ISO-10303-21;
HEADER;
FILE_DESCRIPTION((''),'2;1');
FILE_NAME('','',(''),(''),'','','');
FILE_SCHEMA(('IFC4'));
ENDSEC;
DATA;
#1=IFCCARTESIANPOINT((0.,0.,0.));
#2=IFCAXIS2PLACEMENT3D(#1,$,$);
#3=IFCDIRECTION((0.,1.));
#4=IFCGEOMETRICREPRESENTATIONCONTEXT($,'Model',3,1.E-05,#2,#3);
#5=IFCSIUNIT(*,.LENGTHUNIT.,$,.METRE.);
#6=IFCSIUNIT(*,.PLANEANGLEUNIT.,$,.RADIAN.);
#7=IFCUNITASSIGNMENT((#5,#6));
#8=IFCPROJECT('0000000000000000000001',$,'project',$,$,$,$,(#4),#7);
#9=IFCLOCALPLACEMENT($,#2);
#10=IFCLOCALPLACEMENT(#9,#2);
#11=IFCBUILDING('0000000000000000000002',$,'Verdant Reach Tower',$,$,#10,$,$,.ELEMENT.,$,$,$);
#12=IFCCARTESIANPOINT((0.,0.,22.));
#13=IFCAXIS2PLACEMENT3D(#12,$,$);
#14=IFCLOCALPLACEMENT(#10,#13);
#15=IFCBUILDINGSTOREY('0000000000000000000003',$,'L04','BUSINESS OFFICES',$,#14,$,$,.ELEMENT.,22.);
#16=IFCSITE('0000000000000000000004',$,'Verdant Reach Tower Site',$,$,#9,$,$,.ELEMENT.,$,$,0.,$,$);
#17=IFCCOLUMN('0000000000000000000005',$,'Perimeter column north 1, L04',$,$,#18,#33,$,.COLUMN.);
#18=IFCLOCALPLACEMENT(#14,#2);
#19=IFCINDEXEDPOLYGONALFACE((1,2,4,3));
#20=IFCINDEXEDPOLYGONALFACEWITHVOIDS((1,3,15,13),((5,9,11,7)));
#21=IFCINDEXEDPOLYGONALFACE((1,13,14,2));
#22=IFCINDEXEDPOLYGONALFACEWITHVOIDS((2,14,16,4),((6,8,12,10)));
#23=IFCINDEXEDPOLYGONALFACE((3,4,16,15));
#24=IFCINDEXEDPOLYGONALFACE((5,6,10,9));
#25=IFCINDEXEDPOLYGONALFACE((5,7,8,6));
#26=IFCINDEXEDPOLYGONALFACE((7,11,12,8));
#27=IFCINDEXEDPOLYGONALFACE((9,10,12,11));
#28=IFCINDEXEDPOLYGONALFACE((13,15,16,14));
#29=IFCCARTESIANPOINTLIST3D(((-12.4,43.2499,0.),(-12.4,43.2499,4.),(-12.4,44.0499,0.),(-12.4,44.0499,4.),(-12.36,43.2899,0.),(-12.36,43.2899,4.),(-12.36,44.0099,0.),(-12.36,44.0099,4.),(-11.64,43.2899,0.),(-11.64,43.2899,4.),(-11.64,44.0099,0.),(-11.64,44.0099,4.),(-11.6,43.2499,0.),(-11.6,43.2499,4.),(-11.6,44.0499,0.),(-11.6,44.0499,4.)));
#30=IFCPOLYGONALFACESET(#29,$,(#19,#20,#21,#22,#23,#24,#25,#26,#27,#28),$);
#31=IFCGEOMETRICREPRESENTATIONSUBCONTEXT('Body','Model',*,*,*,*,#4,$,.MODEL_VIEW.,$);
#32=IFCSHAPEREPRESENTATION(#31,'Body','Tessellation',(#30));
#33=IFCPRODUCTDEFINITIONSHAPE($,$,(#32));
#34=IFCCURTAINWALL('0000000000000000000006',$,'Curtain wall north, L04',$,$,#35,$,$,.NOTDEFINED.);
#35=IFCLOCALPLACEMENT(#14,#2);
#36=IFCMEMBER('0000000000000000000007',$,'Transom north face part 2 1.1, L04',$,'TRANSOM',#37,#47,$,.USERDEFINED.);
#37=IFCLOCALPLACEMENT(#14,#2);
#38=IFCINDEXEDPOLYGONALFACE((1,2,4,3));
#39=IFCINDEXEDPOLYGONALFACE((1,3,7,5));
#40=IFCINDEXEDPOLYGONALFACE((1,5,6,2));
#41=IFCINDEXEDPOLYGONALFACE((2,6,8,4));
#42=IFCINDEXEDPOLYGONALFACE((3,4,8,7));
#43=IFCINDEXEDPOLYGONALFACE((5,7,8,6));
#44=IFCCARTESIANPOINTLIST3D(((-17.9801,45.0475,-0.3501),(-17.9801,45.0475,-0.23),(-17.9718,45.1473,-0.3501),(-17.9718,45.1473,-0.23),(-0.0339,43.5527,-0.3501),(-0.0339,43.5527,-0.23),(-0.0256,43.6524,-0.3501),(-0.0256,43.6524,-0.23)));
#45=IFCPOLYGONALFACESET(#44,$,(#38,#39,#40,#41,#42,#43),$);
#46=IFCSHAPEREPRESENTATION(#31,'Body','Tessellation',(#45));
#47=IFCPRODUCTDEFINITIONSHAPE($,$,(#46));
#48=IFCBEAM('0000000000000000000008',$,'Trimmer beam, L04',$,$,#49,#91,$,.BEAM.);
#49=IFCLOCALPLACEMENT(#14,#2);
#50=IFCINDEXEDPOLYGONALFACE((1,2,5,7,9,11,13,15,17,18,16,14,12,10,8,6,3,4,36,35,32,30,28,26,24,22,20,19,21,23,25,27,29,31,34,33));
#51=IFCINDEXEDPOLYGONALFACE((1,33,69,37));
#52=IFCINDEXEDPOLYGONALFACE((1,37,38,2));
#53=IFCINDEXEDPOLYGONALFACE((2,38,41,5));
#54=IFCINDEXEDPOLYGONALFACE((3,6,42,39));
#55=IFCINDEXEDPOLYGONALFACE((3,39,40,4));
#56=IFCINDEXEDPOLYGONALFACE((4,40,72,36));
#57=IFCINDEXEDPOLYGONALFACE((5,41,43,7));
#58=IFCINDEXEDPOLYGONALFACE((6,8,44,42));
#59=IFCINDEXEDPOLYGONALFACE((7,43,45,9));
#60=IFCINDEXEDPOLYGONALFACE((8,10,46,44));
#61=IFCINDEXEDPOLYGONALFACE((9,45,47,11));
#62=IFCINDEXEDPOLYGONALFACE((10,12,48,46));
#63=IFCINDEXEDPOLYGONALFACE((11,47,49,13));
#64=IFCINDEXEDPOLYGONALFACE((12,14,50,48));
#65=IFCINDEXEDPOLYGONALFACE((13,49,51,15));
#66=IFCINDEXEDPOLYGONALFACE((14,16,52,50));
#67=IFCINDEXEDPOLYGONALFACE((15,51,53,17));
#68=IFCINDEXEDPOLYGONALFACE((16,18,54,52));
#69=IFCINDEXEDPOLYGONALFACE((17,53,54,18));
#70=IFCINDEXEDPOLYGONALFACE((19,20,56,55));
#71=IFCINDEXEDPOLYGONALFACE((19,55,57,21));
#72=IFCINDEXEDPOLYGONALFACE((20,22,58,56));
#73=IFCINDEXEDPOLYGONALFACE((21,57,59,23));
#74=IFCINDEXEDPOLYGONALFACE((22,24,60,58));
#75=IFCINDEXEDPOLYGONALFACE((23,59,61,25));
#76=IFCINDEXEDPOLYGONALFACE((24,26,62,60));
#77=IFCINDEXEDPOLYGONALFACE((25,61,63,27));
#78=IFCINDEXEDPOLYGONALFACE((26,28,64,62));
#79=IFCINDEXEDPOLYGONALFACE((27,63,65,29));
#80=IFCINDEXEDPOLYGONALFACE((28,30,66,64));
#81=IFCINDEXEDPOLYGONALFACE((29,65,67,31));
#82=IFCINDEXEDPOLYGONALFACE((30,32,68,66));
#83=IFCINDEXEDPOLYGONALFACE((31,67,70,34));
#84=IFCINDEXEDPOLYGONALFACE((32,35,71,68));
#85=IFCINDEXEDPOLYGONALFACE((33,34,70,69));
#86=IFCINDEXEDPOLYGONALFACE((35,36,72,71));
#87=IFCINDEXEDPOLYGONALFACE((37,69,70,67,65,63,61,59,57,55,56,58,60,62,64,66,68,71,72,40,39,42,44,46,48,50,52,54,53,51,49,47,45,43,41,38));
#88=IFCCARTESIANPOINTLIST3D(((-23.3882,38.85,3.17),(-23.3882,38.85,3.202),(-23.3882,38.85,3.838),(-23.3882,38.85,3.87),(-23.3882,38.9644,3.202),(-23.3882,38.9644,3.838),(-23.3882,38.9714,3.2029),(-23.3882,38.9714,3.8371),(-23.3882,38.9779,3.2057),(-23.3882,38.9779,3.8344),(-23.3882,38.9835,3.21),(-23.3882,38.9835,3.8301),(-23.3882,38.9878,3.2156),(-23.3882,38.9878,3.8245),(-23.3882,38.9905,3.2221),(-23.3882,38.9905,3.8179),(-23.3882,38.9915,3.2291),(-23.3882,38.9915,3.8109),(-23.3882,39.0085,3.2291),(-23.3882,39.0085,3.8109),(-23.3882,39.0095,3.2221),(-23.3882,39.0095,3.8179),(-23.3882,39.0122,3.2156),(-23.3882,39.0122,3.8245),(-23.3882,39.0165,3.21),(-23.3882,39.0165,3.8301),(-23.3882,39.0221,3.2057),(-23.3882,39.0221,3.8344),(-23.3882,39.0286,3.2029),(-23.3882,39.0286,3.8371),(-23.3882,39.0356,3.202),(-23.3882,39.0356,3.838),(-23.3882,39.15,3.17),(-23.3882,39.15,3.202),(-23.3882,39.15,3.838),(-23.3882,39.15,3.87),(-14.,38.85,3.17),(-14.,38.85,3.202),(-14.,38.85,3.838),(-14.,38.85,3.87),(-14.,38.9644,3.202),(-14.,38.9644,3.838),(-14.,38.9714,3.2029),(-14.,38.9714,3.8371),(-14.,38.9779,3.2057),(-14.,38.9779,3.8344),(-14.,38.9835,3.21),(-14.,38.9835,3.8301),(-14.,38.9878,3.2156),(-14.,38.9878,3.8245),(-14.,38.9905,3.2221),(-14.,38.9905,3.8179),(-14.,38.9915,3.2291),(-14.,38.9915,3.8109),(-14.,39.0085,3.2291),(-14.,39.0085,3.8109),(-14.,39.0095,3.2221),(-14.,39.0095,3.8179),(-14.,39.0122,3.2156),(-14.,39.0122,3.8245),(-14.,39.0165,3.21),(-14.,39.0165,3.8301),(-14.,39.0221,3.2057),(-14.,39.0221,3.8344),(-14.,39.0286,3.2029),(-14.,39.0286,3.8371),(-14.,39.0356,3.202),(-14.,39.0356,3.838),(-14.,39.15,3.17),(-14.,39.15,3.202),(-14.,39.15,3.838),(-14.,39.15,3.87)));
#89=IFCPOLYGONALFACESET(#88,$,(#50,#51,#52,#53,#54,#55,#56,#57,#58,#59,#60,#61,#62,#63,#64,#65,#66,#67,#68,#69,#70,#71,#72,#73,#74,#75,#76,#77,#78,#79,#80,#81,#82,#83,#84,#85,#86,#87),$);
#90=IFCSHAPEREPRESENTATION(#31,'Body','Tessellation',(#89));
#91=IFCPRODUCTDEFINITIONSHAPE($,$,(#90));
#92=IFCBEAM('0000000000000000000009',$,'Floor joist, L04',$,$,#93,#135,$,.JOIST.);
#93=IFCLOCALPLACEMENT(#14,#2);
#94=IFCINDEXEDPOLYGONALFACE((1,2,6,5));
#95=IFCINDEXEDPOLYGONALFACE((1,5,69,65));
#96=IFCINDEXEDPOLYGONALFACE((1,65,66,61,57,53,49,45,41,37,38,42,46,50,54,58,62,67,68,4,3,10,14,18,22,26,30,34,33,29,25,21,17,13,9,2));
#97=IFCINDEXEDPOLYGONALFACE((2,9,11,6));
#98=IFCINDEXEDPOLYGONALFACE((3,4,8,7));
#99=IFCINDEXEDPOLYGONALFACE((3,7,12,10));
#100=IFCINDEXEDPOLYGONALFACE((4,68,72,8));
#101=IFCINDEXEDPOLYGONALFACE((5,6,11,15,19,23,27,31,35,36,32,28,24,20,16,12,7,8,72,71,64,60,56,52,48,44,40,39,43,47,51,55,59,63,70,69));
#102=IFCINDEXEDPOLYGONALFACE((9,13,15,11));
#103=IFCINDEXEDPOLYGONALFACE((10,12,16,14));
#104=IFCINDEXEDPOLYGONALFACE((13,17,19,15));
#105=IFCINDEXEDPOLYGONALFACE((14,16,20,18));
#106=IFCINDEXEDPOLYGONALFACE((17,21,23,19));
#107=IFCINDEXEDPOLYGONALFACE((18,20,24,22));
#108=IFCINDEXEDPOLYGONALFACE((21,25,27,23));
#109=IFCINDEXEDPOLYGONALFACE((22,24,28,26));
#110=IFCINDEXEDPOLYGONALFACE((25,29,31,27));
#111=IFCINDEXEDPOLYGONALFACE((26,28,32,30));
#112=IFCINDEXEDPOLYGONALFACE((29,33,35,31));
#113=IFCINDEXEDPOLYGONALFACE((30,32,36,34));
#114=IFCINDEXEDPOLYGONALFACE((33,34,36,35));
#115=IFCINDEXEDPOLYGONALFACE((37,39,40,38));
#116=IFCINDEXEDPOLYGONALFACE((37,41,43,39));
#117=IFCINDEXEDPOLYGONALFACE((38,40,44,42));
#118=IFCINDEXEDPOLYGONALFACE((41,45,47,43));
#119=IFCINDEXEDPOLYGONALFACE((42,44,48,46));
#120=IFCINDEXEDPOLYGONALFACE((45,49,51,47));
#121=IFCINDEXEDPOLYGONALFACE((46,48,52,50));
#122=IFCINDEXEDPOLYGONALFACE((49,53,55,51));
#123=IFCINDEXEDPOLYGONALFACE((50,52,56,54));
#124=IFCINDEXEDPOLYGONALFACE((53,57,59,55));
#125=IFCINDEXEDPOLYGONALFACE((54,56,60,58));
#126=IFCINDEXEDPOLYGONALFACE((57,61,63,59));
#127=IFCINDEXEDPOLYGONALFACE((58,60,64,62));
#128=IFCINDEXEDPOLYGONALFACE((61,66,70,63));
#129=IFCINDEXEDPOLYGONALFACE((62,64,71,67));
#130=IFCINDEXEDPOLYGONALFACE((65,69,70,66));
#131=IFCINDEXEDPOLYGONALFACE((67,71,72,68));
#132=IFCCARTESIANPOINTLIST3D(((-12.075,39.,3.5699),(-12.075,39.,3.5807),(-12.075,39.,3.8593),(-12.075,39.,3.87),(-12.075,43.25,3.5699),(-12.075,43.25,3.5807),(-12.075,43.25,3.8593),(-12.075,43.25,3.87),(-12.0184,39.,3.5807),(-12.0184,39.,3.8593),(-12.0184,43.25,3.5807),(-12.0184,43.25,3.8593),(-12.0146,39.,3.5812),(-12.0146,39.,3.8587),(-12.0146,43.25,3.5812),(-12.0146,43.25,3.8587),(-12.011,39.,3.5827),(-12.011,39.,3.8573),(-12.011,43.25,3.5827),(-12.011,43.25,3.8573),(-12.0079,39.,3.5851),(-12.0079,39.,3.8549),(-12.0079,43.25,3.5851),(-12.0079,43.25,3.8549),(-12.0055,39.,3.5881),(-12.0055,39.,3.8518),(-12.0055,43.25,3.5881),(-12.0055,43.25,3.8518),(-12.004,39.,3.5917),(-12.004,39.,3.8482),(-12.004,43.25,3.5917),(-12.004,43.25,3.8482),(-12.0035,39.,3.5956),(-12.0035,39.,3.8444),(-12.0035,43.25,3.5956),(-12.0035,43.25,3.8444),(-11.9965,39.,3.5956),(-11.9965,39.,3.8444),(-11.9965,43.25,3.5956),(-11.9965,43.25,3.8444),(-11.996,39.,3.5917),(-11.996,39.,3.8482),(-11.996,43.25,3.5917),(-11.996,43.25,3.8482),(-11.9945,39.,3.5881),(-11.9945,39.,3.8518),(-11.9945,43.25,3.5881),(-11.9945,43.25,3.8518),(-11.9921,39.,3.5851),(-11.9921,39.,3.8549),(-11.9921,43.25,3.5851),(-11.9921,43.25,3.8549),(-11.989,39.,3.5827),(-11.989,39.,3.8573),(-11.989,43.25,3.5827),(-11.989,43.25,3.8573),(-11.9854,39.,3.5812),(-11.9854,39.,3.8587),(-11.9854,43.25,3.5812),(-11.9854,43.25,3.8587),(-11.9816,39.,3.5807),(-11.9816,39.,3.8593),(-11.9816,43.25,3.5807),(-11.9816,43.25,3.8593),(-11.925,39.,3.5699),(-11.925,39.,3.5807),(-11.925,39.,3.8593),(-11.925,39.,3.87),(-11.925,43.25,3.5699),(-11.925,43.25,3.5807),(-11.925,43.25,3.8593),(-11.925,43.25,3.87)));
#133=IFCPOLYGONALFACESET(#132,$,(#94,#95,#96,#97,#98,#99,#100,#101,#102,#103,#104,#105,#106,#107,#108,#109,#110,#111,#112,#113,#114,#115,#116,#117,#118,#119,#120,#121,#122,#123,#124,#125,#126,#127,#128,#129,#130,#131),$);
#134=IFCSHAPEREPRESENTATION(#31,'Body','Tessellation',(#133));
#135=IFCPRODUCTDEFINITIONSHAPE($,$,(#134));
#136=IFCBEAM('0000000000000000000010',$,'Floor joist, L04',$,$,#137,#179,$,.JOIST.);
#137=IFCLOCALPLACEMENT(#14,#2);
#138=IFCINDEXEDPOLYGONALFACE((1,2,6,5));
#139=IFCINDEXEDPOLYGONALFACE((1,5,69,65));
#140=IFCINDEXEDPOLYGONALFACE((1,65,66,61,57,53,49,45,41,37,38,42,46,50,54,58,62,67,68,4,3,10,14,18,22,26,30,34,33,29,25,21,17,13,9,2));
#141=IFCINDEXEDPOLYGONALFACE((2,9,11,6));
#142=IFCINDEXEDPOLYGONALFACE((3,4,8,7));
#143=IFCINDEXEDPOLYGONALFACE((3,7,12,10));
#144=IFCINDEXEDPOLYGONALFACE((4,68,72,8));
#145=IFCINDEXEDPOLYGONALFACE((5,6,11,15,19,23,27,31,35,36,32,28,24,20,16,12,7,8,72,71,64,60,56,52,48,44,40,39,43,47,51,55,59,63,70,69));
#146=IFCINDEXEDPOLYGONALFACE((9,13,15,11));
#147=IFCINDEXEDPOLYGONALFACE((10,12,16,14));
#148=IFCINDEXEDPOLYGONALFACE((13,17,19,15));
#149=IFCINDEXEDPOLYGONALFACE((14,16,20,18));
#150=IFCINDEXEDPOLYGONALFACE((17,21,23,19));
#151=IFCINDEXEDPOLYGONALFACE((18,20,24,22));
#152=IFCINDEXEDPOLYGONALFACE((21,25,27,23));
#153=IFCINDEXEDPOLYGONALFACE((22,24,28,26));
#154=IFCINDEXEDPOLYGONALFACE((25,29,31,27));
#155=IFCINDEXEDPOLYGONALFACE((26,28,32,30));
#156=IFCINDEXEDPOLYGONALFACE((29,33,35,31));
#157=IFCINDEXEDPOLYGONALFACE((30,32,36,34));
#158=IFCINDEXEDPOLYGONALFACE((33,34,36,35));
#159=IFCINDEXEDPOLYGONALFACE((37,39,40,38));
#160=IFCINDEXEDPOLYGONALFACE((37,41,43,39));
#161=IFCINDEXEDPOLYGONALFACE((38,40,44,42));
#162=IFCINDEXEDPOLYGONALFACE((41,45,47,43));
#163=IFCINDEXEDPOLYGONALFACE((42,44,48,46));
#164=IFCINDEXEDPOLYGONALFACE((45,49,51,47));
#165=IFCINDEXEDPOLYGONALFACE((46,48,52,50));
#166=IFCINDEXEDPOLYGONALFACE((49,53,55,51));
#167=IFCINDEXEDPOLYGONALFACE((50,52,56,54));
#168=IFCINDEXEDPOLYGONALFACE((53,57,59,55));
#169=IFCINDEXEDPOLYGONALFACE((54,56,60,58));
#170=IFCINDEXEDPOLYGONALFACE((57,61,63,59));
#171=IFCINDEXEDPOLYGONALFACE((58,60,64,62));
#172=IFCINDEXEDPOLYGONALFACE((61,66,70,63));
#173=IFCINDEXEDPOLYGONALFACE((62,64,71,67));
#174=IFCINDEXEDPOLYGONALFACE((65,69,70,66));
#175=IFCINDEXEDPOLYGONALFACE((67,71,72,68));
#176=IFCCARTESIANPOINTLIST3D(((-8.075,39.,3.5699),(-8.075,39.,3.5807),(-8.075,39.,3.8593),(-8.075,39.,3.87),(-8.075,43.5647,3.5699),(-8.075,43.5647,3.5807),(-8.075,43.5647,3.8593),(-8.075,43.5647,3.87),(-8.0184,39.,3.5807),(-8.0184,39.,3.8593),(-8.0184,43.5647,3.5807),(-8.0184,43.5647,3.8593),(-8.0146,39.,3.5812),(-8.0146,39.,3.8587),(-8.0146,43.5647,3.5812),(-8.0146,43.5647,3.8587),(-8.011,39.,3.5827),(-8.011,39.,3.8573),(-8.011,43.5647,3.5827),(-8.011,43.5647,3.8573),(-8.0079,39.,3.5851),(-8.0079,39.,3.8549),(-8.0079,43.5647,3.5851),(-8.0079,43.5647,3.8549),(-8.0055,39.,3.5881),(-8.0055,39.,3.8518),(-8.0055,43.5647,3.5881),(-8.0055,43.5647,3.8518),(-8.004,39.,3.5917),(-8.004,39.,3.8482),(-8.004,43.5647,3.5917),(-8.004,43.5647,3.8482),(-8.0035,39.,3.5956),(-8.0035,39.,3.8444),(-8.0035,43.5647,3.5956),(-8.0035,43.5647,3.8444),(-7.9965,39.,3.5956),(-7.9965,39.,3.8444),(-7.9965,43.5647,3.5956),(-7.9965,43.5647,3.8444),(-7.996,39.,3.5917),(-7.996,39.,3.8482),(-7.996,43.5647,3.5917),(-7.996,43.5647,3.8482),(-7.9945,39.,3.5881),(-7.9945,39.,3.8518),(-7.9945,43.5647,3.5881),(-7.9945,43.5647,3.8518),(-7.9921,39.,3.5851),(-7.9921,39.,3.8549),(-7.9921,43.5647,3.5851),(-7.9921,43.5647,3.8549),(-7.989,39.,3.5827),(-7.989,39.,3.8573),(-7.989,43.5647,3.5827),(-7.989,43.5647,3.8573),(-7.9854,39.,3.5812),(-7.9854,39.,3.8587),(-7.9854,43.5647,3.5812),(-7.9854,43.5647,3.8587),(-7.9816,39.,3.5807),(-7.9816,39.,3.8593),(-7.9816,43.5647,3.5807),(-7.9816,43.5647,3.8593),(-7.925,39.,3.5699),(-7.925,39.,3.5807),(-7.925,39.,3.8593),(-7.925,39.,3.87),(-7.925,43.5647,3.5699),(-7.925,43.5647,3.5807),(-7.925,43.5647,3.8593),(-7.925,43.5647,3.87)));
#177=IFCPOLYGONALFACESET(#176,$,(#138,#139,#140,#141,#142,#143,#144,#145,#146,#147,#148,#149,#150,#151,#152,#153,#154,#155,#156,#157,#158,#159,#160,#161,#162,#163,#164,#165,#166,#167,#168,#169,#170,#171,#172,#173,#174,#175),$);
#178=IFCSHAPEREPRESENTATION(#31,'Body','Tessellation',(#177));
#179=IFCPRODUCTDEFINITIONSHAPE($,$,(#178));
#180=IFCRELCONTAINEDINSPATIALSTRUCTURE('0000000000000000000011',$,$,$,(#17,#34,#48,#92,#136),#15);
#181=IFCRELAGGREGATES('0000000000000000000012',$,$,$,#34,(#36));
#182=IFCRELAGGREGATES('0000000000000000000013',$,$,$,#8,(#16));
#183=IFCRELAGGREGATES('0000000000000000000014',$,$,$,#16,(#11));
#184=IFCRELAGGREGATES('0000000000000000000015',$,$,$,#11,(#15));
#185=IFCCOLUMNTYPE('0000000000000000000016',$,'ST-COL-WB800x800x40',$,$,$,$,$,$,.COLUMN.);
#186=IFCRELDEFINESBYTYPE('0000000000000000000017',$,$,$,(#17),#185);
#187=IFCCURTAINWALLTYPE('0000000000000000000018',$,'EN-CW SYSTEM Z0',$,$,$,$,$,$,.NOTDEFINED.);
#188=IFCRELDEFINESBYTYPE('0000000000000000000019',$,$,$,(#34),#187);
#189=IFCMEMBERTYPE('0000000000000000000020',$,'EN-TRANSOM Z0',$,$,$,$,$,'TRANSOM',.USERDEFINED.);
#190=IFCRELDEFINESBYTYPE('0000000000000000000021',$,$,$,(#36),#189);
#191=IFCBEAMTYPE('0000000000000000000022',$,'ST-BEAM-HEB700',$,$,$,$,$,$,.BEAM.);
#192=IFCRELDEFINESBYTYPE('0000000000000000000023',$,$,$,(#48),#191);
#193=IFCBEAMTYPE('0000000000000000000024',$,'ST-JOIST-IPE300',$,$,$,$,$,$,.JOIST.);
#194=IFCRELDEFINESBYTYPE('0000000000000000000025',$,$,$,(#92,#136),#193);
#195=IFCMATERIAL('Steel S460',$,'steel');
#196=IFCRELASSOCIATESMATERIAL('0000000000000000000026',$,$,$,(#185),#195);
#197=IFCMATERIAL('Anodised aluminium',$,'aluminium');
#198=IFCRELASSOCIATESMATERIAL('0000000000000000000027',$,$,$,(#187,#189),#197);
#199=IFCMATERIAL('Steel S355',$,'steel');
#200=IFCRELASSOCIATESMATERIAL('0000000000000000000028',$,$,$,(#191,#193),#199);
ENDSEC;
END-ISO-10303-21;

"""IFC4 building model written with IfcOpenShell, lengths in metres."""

from ifc_helpers import new_model, si_unit, direction, frame, origin, origin_2d, place, context, subcontext, project, spatial, rectangle, hollow_rectangle, i_section, extrude, material, material_profile, profile_set, type_object, element, aggregate, save


model = new_model("IFC4")

# Units and contexts
model_context = context("Model", 3, precision=1e-05, world=origin(), true_north=direction((0.0, 1.0)))
body_context = subcontext(model_context, "Body", "Model", "MODEL_VIEW")
ifc_project = project(units=[si_unit("LENGTHUNIT", "METRE"), si_unit("PLANEANGLEUNIT", "RADIAN")], contexts=[model_context])

# Site, building, storey
site_placement = place(None, origin())
site = spatial("IfcSite", under=ifc_project, at=site_placement, Name="Verdant Reach Tower Site", CompositionType="ELEMENT", RefElevation=0.0)
building_placement = place(site_placement, origin())
building = spatial("IfcBuilding", under=site, at=building_placement, Name="Verdant Reach Tower", CompositionType="ELEMENT")
storey_placement = place(building_placement, frame((0.0, 0.0, 22.0)))
storey = spatial("IfcBuildingStorey", under=building, at=storey_placement, Name="L04", Description="BUSINESS OFFICES", CompositionType="ELEMENT", Elevation=22.0)

# Column
ifc_material_1 = material(Name="Steel S460", Category="steel")
ifc_material_profile_1 = material_profile(ifc_material_1, hollow_rectangle(XDim=0.8, YDim=0.8, WallThickness=0.04, at=origin_2d()), Name="WB 800x800x40")
ifc_profile_set_1 = profile_set([ifc_material_profile_1], Name="Steel S460")
column_type = type_object("IfcColumnType", Name="ST-COL-WB800x800x40", PredefinedType="COLUMN", material=ifc_profile_set_1)
column_placement = place(storey_placement, frame((-12.0, 43.6499, 0.0), z_axis=(0.0, 0.0, 1.0), x_axis=(1.0, 0.0, 0.0)))
element("IfcColumn", 1, at=column_placement, inside=storey, type_object=column_type, Name="Perimeter column north 1, L04", PredefinedType="COLUMN", context=body_context, shape_type="SweptSolid", body=[
    extrude(hollow_rectangle(XDim=0.8, YDim=0.8, WallThickness=0.04, at=origin_2d()), origin(), (0.0, 0.0, 1.0), 4.0),
])

# Curtain wall, member
ifc_material_2 = material(Name="Anodised aluminium", Category="aluminium")
curtain_wall_type = type_object("IfcCurtainWallType", Name="EN-CW SYSTEM Z0", PredefinedType="NOTDEFINED", material=ifc_material_2)
curtain_wall_placement = place(storey_placement, origin())
curtain_wall = element("IfcCurtainWall", 2, at=curtain_wall_placement, inside=storey, type_object=curtain_wall_type, Name="Curtain wall north, L04", PredefinedType="NOTDEFINED")
ifc_material_profile_2 = material_profile(ifc_material_2, rectangle(XDim=0.1001, YDim=0.1201, at=origin_2d()), Name="Transom 120x100")
ifc_profile_set_2 = profile_set([ifc_material_profile_2], Name="Anodised aluminium")
member_type = type_object("IfcMemberType", Name="EN-TRANSOM Z0", ElementType="TRANSOM", PredefinedType="USERDEFINED", material=ifc_profile_set_2)
member_placement = place(storey_placement, frame((-0.0298, 43.6025, -0.29), z_axis=(-0.996549, 0.083011, 0.0), x_axis=(-0.083011, -0.996549, 0.0)))
member = element("IfcMember", 3, at=member_placement, type_object=member_type, Name="Transom north face part 2 1.1, L04", ObjectType="TRANSOM", PredefinedType="USERDEFINED", context=body_context, shape_type="SweptSolid", body=[
    extrude(rectangle(XDim=0.1001, YDim=0.1201, at=origin_2d()), origin(), (0.0, 0.0, 1.0), 18.0083),
])

# Beams
ifc_material_3 = material(Name="Steel S355", Category="steel")
ifc_material_profile_3 = material_profile(ifc_material_3, i_section(OverallWidth=0.3, OverallDepth=0.7, WebThickness=0.0171, FlangeThickness=0.032, FilletRadius=0.0271, at=origin_2d()), Name="HEB 700")
ifc_profile_set_3 = profile_set([ifc_material_profile_3], Name="Steel S355")
beam_type_1 = type_object("IfcBeamType", Name="ST-BEAM-HEB700", PredefinedType="BEAM", material=ifc_profile_set_3)
beam_1_placement = place(storey_placement, frame((-14.0, 39.0, 3.52), z_axis=(-1.0, 0.0, 0.0), x_axis=(0.0, -1.0, 0.0)))
element("IfcBeam", 4, at=beam_1_placement, inside=storey, type_object=beam_type_1, Name="Trimmer beam, L04", PredefinedType="BEAM", context=body_context, shape_type="SweptSolid", body=[
    extrude(i_section(OverallWidth=0.3, OverallDepth=0.7, WebThickness=0.0171, FlangeThickness=0.032, FilletRadius=0.0271, at=origin_2d()), origin(), (0.0, 0.0, 1.0), 9.3882),
])
ifc_material_profile_4 = material_profile(ifc_material_3, i_section(OverallWidth=0.1499, OverallDepth=0.3, WebThickness=0.0071, FlangeThickness=0.0107, FilletRadius=0.0149, at=origin_2d()), Name="IPE 300")
ifc_profile_set_4 = profile_set([ifc_material_profile_4], Name="Steel S355")
beam_type_2 = type_object("IfcBeamType", Name="ST-JOIST-IPE300", PredefinedType="JOIST", material=ifc_profile_set_4)
beam_2_placement = place(storey_placement, frame((-12.0, 39.0, 3.72), z_axis=(0.0, 1.0, 0.0), x_axis=(-1.0, 0.0, 0.0)))
element("IfcBeam", 5, at=beam_2_placement, inside=storey, type_object=beam_type_2, Name="Floor joist, L04", PredefinedType="JOIST", context=body_context, shape_type="SweptSolid", body=[
    extrude(i_section(OverallWidth=0.1499, OverallDepth=0.3, WebThickness=0.0071, FlangeThickness=0.0107, FilletRadius=0.0149, at=origin_2d()), origin(), (0.0, 0.0, 1.0), 4.25),
])
beam_3_placement = place(storey_placement, frame((-8.0, 39.0, 3.72), z_axis=(0.0, 1.0, 0.0), x_axis=(-1.0, 0.0, 0.0)))
element("IfcBeam", 6, at=beam_3_placement, inside=storey, type_object=beam_type_2, Name="Floor joist, L04", PredefinedType="JOIST", context=body_context, shape_type="SweptSolid", body=[
    extrude(i_section(OverallWidth=0.1499, OverallDepth=0.3, WebThickness=0.0071, FlangeThickness=0.0107, FilletRadius=0.0149, at=origin_2d()), origin(), (0.0, 0.0, 1.0), 4.5647),
])

aggregate(curtain_wall, [member])

save(model, "model.ifc")
